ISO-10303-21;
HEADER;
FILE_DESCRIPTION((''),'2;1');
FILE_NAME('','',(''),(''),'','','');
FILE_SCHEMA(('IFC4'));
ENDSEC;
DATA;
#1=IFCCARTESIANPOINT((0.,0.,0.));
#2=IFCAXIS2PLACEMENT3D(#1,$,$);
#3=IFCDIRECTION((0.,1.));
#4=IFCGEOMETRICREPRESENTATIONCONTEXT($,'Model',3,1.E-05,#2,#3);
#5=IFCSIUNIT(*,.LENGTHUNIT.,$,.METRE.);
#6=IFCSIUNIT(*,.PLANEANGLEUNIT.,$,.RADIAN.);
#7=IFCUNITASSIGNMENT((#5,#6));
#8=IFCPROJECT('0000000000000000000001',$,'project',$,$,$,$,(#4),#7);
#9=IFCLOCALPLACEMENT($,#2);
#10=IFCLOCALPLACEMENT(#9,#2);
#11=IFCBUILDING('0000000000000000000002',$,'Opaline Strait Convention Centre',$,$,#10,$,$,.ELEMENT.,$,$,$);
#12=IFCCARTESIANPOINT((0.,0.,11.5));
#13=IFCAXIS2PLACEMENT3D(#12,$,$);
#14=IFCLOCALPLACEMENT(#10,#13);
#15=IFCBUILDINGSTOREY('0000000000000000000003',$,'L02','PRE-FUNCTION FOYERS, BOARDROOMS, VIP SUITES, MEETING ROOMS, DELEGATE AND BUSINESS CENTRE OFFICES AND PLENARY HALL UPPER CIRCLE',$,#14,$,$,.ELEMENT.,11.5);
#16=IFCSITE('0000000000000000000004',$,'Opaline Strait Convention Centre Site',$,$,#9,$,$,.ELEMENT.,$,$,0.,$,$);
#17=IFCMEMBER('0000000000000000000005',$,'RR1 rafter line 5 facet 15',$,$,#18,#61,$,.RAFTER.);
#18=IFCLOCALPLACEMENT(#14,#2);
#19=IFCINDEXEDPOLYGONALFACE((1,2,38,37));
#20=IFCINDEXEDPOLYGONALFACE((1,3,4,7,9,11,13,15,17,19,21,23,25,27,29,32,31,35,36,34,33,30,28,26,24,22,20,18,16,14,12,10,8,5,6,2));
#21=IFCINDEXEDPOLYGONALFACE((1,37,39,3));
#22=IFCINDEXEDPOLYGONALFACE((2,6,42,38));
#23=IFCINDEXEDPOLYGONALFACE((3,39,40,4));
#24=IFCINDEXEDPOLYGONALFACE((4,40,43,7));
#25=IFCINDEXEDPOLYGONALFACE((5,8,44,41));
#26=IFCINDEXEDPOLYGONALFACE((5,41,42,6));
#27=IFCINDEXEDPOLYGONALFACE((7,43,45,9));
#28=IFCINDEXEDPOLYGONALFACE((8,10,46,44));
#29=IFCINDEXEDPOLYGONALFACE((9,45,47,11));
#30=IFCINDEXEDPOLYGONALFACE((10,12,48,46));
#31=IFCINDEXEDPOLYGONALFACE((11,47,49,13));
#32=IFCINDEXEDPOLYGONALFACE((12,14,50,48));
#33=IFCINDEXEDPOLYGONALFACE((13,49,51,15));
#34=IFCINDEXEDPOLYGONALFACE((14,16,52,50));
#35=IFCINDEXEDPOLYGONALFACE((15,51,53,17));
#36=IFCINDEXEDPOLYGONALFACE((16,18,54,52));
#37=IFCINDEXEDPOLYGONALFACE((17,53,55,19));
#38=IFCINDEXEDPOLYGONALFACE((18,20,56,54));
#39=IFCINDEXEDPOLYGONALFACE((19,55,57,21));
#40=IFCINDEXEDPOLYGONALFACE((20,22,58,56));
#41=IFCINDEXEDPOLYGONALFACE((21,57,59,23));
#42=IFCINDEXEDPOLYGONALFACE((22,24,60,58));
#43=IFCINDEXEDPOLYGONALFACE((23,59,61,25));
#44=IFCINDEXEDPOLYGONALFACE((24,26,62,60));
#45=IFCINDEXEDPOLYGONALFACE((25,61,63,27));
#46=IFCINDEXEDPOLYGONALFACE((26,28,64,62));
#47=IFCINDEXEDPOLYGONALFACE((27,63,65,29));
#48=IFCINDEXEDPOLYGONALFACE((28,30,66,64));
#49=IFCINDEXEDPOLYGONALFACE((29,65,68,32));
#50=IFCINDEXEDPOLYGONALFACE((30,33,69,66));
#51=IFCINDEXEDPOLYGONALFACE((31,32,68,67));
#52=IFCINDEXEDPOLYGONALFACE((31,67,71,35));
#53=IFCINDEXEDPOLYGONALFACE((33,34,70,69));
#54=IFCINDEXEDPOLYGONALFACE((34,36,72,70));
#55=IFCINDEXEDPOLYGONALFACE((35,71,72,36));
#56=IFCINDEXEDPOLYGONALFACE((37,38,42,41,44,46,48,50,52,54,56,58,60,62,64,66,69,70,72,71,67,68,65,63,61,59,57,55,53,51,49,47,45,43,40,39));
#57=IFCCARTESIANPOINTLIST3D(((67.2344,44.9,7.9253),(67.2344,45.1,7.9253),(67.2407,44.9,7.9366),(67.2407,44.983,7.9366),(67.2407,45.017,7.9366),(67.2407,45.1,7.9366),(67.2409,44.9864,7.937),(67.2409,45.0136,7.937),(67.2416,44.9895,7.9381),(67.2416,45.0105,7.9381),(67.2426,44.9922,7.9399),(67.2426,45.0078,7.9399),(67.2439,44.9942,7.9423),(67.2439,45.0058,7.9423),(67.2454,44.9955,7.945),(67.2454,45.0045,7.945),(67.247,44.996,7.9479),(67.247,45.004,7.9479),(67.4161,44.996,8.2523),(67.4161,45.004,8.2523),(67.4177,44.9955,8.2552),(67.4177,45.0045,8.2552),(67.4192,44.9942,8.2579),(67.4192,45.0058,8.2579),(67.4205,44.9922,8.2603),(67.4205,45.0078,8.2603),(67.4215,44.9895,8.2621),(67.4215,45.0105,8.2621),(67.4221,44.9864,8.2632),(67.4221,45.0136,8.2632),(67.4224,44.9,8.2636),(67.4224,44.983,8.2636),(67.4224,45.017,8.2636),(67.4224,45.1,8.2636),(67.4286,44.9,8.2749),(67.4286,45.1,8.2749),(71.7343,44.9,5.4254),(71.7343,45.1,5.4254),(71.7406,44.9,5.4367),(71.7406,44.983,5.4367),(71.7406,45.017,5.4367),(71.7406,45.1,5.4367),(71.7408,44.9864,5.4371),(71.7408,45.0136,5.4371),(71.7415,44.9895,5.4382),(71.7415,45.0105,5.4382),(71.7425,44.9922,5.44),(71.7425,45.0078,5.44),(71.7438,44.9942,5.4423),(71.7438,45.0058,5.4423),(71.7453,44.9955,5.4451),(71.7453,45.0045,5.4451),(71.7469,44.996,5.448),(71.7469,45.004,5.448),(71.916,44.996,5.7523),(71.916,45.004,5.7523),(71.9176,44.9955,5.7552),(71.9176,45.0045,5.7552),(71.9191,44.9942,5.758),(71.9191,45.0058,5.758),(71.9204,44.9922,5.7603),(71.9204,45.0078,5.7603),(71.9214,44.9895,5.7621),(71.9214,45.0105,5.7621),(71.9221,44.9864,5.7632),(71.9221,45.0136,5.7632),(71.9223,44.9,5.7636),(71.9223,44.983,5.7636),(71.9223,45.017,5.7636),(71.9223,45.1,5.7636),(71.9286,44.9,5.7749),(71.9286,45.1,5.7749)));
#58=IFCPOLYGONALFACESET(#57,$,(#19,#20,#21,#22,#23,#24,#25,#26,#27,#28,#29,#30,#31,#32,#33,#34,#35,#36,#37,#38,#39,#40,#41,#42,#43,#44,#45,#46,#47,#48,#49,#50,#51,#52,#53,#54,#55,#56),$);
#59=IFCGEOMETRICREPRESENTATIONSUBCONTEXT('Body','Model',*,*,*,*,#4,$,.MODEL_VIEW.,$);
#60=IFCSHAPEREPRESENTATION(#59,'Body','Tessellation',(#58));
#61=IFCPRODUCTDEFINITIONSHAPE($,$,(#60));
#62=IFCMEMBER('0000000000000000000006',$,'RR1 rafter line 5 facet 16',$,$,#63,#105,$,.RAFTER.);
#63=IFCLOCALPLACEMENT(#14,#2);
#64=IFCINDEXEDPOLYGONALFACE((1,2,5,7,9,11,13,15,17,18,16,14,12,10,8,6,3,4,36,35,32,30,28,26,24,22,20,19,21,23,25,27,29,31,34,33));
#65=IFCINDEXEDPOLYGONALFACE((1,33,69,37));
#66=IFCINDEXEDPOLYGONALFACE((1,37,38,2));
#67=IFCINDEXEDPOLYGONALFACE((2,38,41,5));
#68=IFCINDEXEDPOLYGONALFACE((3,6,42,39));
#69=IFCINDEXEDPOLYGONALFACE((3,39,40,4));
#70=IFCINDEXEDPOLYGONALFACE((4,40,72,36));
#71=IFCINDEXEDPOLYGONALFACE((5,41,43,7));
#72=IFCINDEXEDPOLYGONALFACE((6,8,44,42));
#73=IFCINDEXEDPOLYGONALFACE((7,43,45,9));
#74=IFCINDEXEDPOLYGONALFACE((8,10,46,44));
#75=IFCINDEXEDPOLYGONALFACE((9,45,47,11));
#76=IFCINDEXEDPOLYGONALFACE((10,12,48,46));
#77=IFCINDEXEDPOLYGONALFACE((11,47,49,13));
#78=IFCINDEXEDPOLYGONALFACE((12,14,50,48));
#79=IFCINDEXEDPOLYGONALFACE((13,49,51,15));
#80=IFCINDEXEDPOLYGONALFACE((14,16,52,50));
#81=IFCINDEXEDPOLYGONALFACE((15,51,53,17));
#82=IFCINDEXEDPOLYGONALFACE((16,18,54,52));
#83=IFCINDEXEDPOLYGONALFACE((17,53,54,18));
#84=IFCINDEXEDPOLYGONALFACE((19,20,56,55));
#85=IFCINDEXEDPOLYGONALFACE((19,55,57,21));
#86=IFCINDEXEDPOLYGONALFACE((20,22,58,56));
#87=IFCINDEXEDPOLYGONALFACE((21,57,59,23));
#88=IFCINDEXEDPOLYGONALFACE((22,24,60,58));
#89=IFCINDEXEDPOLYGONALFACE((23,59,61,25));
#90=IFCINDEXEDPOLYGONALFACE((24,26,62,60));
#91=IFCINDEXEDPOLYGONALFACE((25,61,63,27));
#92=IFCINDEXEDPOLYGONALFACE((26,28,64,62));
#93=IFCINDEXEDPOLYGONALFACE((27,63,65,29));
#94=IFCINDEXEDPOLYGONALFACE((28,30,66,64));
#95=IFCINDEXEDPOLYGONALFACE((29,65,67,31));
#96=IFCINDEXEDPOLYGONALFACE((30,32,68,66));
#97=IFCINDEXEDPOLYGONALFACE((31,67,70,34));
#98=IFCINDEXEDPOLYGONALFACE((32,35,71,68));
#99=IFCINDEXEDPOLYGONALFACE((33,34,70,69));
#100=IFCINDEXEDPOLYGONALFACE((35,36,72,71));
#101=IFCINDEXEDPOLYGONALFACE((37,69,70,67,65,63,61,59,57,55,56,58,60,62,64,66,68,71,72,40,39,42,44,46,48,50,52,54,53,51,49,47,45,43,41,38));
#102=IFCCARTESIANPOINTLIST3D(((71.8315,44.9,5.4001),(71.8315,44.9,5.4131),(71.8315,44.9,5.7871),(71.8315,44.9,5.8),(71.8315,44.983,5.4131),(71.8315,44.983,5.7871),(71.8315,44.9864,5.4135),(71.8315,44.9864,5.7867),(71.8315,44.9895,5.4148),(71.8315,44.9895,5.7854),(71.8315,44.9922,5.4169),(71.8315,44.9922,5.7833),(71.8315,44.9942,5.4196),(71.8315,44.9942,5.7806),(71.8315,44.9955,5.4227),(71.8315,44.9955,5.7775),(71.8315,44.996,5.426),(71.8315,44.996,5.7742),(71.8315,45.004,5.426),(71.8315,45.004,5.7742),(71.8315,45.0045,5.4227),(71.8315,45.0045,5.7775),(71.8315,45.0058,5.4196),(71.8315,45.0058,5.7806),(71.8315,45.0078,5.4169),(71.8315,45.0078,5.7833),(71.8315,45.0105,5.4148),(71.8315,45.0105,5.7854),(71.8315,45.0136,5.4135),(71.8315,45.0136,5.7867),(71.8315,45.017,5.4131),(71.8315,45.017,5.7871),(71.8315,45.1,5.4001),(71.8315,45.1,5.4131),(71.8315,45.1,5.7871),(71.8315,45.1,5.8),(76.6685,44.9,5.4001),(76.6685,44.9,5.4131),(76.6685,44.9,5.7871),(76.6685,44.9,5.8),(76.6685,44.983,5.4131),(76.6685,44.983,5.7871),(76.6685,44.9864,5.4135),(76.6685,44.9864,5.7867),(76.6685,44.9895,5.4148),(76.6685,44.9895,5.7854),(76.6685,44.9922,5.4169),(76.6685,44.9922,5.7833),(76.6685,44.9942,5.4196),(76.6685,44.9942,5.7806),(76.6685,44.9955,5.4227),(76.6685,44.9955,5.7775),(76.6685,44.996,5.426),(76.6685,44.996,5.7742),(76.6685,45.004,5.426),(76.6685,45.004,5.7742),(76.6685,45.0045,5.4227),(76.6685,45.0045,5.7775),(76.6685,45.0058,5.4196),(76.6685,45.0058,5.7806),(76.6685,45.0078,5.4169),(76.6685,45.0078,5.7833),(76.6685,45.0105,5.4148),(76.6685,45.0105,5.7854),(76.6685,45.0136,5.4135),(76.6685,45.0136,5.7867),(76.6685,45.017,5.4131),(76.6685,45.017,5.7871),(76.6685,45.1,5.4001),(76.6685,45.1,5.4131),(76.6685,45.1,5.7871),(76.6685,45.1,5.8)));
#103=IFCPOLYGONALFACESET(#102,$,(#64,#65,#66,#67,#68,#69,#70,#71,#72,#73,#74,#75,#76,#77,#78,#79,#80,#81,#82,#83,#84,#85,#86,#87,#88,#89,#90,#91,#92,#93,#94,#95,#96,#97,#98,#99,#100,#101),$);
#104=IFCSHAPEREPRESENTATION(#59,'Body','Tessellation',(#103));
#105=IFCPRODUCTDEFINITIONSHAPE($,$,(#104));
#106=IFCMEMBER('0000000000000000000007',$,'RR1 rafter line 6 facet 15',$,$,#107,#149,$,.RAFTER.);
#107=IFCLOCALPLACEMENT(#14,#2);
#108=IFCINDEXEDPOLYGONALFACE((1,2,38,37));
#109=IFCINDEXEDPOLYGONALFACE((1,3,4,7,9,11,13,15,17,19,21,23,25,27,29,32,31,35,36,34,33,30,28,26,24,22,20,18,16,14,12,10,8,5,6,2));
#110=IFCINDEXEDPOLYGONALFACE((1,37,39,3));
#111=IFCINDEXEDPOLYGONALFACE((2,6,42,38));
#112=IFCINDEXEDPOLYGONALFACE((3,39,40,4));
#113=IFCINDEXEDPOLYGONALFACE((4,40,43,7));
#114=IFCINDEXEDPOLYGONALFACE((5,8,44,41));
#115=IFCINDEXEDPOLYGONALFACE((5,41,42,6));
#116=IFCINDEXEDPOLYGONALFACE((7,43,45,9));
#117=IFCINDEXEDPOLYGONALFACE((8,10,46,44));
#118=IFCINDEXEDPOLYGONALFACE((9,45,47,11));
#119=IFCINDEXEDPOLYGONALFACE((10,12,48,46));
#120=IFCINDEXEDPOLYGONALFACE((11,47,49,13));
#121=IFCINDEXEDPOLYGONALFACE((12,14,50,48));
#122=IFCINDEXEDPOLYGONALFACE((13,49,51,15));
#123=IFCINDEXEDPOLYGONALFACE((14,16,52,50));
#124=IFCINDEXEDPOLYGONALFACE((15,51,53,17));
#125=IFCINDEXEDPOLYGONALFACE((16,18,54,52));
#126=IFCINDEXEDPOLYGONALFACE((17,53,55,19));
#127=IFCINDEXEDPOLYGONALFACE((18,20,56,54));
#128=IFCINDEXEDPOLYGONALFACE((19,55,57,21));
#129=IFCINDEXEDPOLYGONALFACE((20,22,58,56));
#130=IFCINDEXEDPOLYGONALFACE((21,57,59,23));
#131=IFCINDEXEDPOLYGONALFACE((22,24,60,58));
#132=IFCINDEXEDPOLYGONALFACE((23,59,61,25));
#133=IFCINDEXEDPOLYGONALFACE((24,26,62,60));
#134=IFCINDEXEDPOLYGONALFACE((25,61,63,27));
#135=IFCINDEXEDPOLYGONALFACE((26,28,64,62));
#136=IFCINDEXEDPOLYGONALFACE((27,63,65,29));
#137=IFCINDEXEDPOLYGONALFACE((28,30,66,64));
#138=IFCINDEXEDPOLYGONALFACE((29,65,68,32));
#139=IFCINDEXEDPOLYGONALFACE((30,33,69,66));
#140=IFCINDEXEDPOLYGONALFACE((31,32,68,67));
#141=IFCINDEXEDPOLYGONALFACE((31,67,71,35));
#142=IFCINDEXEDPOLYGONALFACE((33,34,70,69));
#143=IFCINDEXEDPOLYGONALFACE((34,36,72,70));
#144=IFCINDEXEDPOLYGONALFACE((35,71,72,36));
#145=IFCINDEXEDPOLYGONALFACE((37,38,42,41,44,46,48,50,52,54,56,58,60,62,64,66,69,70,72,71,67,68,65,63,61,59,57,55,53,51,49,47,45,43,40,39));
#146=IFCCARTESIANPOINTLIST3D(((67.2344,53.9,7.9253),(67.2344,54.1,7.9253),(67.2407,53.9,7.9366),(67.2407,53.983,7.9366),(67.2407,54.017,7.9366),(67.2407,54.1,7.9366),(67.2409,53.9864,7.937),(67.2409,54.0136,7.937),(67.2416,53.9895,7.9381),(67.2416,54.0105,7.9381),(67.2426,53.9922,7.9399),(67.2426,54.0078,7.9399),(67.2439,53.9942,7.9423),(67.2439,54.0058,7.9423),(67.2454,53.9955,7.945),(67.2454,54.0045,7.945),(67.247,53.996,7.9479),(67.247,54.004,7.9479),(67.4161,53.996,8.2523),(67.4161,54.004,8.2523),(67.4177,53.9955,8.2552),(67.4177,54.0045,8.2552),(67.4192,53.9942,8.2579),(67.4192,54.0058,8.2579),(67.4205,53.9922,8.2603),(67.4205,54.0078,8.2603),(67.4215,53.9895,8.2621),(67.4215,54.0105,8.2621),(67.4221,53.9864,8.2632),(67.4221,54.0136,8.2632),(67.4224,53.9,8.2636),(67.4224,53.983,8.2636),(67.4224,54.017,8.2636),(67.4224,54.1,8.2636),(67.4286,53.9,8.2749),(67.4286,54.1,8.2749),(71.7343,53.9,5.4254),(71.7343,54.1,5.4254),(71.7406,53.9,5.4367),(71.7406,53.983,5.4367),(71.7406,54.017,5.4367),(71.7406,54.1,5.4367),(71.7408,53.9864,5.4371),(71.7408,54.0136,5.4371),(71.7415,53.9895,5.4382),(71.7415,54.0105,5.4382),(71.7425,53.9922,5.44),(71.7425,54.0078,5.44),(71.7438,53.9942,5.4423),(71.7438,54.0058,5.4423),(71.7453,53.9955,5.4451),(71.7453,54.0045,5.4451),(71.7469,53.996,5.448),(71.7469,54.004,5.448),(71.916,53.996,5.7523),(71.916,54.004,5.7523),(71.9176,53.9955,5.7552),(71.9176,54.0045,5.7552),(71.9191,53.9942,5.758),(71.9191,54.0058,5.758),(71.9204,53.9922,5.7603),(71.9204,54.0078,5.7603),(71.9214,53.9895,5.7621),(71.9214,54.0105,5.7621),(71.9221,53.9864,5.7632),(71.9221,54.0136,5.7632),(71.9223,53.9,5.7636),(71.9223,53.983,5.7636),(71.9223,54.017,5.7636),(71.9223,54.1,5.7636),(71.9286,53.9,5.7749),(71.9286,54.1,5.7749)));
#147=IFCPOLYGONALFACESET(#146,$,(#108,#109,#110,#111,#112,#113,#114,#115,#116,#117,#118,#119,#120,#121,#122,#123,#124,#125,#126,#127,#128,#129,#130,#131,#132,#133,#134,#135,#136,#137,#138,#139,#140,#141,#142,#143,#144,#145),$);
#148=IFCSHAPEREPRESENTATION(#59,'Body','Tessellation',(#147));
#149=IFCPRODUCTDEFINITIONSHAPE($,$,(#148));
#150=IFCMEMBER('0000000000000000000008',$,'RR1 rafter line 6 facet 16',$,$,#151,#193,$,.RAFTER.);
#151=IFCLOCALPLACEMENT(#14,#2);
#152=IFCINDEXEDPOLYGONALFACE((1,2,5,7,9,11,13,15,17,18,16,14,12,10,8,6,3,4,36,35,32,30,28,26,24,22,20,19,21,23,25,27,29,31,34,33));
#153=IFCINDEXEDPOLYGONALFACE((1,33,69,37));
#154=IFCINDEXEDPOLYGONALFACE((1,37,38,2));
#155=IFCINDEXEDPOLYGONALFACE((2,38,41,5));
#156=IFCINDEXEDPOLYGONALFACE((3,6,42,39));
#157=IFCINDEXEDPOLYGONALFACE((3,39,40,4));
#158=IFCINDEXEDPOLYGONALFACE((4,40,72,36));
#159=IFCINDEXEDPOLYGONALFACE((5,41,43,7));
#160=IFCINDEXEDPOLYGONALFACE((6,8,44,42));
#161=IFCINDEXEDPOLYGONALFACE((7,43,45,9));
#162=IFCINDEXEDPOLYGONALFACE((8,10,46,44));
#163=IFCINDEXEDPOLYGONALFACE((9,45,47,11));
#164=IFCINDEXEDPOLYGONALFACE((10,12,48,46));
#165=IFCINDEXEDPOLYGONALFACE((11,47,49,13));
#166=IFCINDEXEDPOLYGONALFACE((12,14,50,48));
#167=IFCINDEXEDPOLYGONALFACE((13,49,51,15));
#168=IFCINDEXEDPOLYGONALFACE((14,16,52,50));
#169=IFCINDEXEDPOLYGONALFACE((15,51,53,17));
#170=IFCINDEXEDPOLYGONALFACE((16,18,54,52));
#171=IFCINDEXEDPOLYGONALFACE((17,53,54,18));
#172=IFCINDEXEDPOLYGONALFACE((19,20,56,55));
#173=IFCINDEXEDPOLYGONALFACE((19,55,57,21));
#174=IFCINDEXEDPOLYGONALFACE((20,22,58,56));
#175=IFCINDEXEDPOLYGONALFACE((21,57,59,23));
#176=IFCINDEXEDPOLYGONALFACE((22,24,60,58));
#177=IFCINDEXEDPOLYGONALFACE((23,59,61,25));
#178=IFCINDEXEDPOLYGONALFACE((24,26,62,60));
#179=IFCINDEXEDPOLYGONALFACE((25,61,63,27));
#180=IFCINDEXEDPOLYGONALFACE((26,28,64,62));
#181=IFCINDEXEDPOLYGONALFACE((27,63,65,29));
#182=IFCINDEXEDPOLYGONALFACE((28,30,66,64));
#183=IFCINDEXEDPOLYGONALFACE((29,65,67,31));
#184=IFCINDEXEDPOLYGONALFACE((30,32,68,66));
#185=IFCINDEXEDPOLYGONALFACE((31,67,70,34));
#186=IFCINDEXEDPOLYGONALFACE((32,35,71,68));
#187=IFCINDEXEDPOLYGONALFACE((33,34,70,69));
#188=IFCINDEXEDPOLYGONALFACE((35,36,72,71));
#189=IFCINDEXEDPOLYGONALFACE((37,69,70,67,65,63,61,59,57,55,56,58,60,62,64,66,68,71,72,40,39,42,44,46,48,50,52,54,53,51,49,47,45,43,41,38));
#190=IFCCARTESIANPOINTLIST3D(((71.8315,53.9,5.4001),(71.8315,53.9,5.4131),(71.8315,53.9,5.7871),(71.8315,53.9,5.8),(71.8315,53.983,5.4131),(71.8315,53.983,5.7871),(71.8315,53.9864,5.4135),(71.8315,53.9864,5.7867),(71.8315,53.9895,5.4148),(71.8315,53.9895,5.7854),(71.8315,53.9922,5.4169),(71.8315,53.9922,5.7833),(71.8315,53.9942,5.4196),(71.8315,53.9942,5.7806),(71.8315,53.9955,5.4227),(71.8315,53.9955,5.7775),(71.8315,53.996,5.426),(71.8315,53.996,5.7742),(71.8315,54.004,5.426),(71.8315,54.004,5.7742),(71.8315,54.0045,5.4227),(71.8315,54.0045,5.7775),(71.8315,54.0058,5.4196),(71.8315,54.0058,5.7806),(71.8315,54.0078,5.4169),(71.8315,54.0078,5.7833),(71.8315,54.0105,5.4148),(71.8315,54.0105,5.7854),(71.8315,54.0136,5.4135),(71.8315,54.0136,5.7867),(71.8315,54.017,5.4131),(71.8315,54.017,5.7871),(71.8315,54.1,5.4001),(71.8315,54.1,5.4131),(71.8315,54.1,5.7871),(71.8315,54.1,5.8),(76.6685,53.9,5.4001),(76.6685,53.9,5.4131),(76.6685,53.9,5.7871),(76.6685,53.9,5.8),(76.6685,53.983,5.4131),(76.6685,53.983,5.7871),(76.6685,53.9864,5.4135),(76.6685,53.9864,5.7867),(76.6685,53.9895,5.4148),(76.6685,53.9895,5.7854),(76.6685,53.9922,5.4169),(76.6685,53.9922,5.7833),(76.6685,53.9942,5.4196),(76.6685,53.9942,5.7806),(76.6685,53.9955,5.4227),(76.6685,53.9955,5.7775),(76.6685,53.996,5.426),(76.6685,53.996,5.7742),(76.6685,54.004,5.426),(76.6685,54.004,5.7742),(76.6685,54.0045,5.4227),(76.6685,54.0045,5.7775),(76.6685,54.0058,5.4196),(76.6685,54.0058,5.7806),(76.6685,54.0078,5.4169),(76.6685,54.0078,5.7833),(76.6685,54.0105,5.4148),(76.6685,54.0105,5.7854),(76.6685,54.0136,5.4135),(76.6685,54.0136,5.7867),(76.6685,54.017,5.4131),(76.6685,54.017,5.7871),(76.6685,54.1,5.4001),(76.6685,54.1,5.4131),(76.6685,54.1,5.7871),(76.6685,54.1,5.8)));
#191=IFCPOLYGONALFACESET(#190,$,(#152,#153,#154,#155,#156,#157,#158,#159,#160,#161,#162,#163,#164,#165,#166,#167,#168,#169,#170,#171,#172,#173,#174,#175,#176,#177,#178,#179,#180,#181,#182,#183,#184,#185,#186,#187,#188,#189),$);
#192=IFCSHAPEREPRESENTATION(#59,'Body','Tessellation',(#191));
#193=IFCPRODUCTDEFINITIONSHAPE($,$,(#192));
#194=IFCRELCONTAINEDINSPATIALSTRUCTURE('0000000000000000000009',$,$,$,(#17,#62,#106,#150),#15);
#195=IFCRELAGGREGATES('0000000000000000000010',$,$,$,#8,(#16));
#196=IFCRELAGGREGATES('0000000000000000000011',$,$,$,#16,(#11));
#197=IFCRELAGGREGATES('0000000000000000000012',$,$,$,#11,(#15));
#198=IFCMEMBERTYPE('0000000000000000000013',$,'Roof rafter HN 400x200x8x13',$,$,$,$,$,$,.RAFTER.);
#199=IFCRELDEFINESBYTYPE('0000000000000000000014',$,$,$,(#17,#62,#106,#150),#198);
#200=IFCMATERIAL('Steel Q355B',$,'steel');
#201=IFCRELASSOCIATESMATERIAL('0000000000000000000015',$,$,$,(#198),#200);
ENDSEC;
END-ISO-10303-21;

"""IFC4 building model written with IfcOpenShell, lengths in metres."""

from ifc_helpers import new_model, si_unit, direction, frame, origin, origin_2d, place, context, subcontext, project, spatial, i_section, extrude, material, material_profile, profile_set, type_object, element, save


model = new_model("IFC4")

# Units and contexts
model_context = context("Model", 3, precision=1e-05, world=origin(), true_north=direction((0.0, 1.0)))
body_context = subcontext(model_context, "Body", "Model", "MODEL_VIEW")
ifc_project = project(units=[si_unit("LENGTHUNIT", "METRE"), si_unit("PLANEANGLEUNIT", "RADIAN")], contexts=[model_context])

# Site, building, storey
site_placement = place(None, origin())
site = spatial("IfcSite", under=ifc_project, at=site_placement, Name="Opaline Strait Convention Centre Site", CompositionType="ELEMENT", RefElevation=0.0)
building_placement = place(site_placement, origin())
building = spatial("IfcBuilding", under=site, at=building_placement, Name="Opaline Strait Convention Centre", CompositionType="ELEMENT")
storey_placement = place(building_placement, frame((0.0, 0.0, 11.5)))
storey = spatial("IfcBuildingStorey", under=building, at=storey_placement, Name="L02", Description="PRE-FUNCTION FOYERS, BOARDROOMS, VIP SUITES, MEETING ROOMS, DELEGATE AND BUSINESS CENTRE OFFICES AND PLENARY HALL UPPER CIRCLE", CompositionType="ELEMENT", Elevation=11.5)

# Shared definitions
ifc_material_1 = material(Name="Steel Q355B", Category="steel")

# Members
ifc_material_profile_1 = material_profile(ifc_material_1, i_section(OverallWidth=0.2, OverallDepth=0.3999, WebThickness=0.0081, FlangeThickness=0.0129, FilletRadius=0.0129, at=origin_2d()), Name="HN 400x200x8x13")
ifc_profile_set_1 = profile_set([ifc_material_profile_1], Name="Steel Q355B")
member_type_1 = type_object("IfcMemberType", Name="Roof rafter HN 400x200x8x13", PredefinedType="RAFTER", material=ifc_profile_set_1)
member_1_placement = place(storey_placement, frame((67.3315, 45.0, 8.1001), z_axis=(0.874157, 0.0, -0.485643), x_axis=(0.0, 1.0, 0.0)))
element("IfcMember", 1, at=member_1_placement, inside=storey, type_object=member_type_1, Name="RR1 rafter line 5 facet 15", PredefinedType="RAFTER", context=body_context, shape_type="SweptSolid", body=[
    extrude(i_section(OverallWidth=0.2, OverallDepth=0.3999, WebThickness=0.0081, FlangeThickness=0.0129, FilletRadius=0.0129, at=origin_2d()), origin(), (0.0, 0.0, 1.0), 5.1477),
])
member_2_placement = place(storey_placement, frame((71.8315, 45.0, 5.6001), z_axis=(1.0, 0.0, 0.0), x_axis=(0.0, 1.0, 0.0)))
element("IfcMember", 2, at=member_2_placement, inside=storey, type_object=member_type_1, Name="RR1 rafter line 5 facet 16", PredefinedType="RAFTER", context=body_context, shape_type="SweptSolid", body=[
    extrude(i_section(OverallWidth=0.2, OverallDepth=0.3999, WebThickness=0.0081, FlangeThickness=0.0129, FilletRadius=0.0129, at=origin_2d()), origin(), (0.0, 0.0, 1.0), 4.8369),
])
member_3_placement = place(storey_placement, frame((67.3315, 54.0, 8.1001), z_axis=(0.874157, 0.0, -0.485643), x_axis=(0.0, 1.0, 0.0)))
element("IfcMember", 3, at=member_3_placement, inside=storey, type_object=member_type_1, Name="RR1 rafter line 6 facet 15", PredefinedType="RAFTER", context=body_context, shape_type="SweptSolid", body=[
    extrude(i_section(OverallWidth=0.2, OverallDepth=0.3999, WebThickness=0.0081, FlangeThickness=0.0129, FilletRadius=0.0129, at=origin_2d()), origin(), (0.0, 0.0, 1.0), 5.1477),
])
member_4_placement = place(storey_placement, frame((71.8315, 54.0, 5.6001), z_axis=(1.0, 0.0, 0.0), x_axis=(0.0, 1.0, 0.0)))
element("IfcMember", 4, at=member_4_placement, inside=storey, type_object=member_type_1, Name="RR1 rafter line 6 facet 16", PredefinedType="RAFTER", context=body_context, shape_type="SweptSolid", body=[
    extrude(i_section(OverallWidth=0.2, OverallDepth=0.3999, WebThickness=0.0081, FlangeThickness=0.0129, FilletRadius=0.0129, at=origin_2d()), origin(), (0.0, 0.0, 1.0), 4.8369),
])

save(model, "model.ifc")
